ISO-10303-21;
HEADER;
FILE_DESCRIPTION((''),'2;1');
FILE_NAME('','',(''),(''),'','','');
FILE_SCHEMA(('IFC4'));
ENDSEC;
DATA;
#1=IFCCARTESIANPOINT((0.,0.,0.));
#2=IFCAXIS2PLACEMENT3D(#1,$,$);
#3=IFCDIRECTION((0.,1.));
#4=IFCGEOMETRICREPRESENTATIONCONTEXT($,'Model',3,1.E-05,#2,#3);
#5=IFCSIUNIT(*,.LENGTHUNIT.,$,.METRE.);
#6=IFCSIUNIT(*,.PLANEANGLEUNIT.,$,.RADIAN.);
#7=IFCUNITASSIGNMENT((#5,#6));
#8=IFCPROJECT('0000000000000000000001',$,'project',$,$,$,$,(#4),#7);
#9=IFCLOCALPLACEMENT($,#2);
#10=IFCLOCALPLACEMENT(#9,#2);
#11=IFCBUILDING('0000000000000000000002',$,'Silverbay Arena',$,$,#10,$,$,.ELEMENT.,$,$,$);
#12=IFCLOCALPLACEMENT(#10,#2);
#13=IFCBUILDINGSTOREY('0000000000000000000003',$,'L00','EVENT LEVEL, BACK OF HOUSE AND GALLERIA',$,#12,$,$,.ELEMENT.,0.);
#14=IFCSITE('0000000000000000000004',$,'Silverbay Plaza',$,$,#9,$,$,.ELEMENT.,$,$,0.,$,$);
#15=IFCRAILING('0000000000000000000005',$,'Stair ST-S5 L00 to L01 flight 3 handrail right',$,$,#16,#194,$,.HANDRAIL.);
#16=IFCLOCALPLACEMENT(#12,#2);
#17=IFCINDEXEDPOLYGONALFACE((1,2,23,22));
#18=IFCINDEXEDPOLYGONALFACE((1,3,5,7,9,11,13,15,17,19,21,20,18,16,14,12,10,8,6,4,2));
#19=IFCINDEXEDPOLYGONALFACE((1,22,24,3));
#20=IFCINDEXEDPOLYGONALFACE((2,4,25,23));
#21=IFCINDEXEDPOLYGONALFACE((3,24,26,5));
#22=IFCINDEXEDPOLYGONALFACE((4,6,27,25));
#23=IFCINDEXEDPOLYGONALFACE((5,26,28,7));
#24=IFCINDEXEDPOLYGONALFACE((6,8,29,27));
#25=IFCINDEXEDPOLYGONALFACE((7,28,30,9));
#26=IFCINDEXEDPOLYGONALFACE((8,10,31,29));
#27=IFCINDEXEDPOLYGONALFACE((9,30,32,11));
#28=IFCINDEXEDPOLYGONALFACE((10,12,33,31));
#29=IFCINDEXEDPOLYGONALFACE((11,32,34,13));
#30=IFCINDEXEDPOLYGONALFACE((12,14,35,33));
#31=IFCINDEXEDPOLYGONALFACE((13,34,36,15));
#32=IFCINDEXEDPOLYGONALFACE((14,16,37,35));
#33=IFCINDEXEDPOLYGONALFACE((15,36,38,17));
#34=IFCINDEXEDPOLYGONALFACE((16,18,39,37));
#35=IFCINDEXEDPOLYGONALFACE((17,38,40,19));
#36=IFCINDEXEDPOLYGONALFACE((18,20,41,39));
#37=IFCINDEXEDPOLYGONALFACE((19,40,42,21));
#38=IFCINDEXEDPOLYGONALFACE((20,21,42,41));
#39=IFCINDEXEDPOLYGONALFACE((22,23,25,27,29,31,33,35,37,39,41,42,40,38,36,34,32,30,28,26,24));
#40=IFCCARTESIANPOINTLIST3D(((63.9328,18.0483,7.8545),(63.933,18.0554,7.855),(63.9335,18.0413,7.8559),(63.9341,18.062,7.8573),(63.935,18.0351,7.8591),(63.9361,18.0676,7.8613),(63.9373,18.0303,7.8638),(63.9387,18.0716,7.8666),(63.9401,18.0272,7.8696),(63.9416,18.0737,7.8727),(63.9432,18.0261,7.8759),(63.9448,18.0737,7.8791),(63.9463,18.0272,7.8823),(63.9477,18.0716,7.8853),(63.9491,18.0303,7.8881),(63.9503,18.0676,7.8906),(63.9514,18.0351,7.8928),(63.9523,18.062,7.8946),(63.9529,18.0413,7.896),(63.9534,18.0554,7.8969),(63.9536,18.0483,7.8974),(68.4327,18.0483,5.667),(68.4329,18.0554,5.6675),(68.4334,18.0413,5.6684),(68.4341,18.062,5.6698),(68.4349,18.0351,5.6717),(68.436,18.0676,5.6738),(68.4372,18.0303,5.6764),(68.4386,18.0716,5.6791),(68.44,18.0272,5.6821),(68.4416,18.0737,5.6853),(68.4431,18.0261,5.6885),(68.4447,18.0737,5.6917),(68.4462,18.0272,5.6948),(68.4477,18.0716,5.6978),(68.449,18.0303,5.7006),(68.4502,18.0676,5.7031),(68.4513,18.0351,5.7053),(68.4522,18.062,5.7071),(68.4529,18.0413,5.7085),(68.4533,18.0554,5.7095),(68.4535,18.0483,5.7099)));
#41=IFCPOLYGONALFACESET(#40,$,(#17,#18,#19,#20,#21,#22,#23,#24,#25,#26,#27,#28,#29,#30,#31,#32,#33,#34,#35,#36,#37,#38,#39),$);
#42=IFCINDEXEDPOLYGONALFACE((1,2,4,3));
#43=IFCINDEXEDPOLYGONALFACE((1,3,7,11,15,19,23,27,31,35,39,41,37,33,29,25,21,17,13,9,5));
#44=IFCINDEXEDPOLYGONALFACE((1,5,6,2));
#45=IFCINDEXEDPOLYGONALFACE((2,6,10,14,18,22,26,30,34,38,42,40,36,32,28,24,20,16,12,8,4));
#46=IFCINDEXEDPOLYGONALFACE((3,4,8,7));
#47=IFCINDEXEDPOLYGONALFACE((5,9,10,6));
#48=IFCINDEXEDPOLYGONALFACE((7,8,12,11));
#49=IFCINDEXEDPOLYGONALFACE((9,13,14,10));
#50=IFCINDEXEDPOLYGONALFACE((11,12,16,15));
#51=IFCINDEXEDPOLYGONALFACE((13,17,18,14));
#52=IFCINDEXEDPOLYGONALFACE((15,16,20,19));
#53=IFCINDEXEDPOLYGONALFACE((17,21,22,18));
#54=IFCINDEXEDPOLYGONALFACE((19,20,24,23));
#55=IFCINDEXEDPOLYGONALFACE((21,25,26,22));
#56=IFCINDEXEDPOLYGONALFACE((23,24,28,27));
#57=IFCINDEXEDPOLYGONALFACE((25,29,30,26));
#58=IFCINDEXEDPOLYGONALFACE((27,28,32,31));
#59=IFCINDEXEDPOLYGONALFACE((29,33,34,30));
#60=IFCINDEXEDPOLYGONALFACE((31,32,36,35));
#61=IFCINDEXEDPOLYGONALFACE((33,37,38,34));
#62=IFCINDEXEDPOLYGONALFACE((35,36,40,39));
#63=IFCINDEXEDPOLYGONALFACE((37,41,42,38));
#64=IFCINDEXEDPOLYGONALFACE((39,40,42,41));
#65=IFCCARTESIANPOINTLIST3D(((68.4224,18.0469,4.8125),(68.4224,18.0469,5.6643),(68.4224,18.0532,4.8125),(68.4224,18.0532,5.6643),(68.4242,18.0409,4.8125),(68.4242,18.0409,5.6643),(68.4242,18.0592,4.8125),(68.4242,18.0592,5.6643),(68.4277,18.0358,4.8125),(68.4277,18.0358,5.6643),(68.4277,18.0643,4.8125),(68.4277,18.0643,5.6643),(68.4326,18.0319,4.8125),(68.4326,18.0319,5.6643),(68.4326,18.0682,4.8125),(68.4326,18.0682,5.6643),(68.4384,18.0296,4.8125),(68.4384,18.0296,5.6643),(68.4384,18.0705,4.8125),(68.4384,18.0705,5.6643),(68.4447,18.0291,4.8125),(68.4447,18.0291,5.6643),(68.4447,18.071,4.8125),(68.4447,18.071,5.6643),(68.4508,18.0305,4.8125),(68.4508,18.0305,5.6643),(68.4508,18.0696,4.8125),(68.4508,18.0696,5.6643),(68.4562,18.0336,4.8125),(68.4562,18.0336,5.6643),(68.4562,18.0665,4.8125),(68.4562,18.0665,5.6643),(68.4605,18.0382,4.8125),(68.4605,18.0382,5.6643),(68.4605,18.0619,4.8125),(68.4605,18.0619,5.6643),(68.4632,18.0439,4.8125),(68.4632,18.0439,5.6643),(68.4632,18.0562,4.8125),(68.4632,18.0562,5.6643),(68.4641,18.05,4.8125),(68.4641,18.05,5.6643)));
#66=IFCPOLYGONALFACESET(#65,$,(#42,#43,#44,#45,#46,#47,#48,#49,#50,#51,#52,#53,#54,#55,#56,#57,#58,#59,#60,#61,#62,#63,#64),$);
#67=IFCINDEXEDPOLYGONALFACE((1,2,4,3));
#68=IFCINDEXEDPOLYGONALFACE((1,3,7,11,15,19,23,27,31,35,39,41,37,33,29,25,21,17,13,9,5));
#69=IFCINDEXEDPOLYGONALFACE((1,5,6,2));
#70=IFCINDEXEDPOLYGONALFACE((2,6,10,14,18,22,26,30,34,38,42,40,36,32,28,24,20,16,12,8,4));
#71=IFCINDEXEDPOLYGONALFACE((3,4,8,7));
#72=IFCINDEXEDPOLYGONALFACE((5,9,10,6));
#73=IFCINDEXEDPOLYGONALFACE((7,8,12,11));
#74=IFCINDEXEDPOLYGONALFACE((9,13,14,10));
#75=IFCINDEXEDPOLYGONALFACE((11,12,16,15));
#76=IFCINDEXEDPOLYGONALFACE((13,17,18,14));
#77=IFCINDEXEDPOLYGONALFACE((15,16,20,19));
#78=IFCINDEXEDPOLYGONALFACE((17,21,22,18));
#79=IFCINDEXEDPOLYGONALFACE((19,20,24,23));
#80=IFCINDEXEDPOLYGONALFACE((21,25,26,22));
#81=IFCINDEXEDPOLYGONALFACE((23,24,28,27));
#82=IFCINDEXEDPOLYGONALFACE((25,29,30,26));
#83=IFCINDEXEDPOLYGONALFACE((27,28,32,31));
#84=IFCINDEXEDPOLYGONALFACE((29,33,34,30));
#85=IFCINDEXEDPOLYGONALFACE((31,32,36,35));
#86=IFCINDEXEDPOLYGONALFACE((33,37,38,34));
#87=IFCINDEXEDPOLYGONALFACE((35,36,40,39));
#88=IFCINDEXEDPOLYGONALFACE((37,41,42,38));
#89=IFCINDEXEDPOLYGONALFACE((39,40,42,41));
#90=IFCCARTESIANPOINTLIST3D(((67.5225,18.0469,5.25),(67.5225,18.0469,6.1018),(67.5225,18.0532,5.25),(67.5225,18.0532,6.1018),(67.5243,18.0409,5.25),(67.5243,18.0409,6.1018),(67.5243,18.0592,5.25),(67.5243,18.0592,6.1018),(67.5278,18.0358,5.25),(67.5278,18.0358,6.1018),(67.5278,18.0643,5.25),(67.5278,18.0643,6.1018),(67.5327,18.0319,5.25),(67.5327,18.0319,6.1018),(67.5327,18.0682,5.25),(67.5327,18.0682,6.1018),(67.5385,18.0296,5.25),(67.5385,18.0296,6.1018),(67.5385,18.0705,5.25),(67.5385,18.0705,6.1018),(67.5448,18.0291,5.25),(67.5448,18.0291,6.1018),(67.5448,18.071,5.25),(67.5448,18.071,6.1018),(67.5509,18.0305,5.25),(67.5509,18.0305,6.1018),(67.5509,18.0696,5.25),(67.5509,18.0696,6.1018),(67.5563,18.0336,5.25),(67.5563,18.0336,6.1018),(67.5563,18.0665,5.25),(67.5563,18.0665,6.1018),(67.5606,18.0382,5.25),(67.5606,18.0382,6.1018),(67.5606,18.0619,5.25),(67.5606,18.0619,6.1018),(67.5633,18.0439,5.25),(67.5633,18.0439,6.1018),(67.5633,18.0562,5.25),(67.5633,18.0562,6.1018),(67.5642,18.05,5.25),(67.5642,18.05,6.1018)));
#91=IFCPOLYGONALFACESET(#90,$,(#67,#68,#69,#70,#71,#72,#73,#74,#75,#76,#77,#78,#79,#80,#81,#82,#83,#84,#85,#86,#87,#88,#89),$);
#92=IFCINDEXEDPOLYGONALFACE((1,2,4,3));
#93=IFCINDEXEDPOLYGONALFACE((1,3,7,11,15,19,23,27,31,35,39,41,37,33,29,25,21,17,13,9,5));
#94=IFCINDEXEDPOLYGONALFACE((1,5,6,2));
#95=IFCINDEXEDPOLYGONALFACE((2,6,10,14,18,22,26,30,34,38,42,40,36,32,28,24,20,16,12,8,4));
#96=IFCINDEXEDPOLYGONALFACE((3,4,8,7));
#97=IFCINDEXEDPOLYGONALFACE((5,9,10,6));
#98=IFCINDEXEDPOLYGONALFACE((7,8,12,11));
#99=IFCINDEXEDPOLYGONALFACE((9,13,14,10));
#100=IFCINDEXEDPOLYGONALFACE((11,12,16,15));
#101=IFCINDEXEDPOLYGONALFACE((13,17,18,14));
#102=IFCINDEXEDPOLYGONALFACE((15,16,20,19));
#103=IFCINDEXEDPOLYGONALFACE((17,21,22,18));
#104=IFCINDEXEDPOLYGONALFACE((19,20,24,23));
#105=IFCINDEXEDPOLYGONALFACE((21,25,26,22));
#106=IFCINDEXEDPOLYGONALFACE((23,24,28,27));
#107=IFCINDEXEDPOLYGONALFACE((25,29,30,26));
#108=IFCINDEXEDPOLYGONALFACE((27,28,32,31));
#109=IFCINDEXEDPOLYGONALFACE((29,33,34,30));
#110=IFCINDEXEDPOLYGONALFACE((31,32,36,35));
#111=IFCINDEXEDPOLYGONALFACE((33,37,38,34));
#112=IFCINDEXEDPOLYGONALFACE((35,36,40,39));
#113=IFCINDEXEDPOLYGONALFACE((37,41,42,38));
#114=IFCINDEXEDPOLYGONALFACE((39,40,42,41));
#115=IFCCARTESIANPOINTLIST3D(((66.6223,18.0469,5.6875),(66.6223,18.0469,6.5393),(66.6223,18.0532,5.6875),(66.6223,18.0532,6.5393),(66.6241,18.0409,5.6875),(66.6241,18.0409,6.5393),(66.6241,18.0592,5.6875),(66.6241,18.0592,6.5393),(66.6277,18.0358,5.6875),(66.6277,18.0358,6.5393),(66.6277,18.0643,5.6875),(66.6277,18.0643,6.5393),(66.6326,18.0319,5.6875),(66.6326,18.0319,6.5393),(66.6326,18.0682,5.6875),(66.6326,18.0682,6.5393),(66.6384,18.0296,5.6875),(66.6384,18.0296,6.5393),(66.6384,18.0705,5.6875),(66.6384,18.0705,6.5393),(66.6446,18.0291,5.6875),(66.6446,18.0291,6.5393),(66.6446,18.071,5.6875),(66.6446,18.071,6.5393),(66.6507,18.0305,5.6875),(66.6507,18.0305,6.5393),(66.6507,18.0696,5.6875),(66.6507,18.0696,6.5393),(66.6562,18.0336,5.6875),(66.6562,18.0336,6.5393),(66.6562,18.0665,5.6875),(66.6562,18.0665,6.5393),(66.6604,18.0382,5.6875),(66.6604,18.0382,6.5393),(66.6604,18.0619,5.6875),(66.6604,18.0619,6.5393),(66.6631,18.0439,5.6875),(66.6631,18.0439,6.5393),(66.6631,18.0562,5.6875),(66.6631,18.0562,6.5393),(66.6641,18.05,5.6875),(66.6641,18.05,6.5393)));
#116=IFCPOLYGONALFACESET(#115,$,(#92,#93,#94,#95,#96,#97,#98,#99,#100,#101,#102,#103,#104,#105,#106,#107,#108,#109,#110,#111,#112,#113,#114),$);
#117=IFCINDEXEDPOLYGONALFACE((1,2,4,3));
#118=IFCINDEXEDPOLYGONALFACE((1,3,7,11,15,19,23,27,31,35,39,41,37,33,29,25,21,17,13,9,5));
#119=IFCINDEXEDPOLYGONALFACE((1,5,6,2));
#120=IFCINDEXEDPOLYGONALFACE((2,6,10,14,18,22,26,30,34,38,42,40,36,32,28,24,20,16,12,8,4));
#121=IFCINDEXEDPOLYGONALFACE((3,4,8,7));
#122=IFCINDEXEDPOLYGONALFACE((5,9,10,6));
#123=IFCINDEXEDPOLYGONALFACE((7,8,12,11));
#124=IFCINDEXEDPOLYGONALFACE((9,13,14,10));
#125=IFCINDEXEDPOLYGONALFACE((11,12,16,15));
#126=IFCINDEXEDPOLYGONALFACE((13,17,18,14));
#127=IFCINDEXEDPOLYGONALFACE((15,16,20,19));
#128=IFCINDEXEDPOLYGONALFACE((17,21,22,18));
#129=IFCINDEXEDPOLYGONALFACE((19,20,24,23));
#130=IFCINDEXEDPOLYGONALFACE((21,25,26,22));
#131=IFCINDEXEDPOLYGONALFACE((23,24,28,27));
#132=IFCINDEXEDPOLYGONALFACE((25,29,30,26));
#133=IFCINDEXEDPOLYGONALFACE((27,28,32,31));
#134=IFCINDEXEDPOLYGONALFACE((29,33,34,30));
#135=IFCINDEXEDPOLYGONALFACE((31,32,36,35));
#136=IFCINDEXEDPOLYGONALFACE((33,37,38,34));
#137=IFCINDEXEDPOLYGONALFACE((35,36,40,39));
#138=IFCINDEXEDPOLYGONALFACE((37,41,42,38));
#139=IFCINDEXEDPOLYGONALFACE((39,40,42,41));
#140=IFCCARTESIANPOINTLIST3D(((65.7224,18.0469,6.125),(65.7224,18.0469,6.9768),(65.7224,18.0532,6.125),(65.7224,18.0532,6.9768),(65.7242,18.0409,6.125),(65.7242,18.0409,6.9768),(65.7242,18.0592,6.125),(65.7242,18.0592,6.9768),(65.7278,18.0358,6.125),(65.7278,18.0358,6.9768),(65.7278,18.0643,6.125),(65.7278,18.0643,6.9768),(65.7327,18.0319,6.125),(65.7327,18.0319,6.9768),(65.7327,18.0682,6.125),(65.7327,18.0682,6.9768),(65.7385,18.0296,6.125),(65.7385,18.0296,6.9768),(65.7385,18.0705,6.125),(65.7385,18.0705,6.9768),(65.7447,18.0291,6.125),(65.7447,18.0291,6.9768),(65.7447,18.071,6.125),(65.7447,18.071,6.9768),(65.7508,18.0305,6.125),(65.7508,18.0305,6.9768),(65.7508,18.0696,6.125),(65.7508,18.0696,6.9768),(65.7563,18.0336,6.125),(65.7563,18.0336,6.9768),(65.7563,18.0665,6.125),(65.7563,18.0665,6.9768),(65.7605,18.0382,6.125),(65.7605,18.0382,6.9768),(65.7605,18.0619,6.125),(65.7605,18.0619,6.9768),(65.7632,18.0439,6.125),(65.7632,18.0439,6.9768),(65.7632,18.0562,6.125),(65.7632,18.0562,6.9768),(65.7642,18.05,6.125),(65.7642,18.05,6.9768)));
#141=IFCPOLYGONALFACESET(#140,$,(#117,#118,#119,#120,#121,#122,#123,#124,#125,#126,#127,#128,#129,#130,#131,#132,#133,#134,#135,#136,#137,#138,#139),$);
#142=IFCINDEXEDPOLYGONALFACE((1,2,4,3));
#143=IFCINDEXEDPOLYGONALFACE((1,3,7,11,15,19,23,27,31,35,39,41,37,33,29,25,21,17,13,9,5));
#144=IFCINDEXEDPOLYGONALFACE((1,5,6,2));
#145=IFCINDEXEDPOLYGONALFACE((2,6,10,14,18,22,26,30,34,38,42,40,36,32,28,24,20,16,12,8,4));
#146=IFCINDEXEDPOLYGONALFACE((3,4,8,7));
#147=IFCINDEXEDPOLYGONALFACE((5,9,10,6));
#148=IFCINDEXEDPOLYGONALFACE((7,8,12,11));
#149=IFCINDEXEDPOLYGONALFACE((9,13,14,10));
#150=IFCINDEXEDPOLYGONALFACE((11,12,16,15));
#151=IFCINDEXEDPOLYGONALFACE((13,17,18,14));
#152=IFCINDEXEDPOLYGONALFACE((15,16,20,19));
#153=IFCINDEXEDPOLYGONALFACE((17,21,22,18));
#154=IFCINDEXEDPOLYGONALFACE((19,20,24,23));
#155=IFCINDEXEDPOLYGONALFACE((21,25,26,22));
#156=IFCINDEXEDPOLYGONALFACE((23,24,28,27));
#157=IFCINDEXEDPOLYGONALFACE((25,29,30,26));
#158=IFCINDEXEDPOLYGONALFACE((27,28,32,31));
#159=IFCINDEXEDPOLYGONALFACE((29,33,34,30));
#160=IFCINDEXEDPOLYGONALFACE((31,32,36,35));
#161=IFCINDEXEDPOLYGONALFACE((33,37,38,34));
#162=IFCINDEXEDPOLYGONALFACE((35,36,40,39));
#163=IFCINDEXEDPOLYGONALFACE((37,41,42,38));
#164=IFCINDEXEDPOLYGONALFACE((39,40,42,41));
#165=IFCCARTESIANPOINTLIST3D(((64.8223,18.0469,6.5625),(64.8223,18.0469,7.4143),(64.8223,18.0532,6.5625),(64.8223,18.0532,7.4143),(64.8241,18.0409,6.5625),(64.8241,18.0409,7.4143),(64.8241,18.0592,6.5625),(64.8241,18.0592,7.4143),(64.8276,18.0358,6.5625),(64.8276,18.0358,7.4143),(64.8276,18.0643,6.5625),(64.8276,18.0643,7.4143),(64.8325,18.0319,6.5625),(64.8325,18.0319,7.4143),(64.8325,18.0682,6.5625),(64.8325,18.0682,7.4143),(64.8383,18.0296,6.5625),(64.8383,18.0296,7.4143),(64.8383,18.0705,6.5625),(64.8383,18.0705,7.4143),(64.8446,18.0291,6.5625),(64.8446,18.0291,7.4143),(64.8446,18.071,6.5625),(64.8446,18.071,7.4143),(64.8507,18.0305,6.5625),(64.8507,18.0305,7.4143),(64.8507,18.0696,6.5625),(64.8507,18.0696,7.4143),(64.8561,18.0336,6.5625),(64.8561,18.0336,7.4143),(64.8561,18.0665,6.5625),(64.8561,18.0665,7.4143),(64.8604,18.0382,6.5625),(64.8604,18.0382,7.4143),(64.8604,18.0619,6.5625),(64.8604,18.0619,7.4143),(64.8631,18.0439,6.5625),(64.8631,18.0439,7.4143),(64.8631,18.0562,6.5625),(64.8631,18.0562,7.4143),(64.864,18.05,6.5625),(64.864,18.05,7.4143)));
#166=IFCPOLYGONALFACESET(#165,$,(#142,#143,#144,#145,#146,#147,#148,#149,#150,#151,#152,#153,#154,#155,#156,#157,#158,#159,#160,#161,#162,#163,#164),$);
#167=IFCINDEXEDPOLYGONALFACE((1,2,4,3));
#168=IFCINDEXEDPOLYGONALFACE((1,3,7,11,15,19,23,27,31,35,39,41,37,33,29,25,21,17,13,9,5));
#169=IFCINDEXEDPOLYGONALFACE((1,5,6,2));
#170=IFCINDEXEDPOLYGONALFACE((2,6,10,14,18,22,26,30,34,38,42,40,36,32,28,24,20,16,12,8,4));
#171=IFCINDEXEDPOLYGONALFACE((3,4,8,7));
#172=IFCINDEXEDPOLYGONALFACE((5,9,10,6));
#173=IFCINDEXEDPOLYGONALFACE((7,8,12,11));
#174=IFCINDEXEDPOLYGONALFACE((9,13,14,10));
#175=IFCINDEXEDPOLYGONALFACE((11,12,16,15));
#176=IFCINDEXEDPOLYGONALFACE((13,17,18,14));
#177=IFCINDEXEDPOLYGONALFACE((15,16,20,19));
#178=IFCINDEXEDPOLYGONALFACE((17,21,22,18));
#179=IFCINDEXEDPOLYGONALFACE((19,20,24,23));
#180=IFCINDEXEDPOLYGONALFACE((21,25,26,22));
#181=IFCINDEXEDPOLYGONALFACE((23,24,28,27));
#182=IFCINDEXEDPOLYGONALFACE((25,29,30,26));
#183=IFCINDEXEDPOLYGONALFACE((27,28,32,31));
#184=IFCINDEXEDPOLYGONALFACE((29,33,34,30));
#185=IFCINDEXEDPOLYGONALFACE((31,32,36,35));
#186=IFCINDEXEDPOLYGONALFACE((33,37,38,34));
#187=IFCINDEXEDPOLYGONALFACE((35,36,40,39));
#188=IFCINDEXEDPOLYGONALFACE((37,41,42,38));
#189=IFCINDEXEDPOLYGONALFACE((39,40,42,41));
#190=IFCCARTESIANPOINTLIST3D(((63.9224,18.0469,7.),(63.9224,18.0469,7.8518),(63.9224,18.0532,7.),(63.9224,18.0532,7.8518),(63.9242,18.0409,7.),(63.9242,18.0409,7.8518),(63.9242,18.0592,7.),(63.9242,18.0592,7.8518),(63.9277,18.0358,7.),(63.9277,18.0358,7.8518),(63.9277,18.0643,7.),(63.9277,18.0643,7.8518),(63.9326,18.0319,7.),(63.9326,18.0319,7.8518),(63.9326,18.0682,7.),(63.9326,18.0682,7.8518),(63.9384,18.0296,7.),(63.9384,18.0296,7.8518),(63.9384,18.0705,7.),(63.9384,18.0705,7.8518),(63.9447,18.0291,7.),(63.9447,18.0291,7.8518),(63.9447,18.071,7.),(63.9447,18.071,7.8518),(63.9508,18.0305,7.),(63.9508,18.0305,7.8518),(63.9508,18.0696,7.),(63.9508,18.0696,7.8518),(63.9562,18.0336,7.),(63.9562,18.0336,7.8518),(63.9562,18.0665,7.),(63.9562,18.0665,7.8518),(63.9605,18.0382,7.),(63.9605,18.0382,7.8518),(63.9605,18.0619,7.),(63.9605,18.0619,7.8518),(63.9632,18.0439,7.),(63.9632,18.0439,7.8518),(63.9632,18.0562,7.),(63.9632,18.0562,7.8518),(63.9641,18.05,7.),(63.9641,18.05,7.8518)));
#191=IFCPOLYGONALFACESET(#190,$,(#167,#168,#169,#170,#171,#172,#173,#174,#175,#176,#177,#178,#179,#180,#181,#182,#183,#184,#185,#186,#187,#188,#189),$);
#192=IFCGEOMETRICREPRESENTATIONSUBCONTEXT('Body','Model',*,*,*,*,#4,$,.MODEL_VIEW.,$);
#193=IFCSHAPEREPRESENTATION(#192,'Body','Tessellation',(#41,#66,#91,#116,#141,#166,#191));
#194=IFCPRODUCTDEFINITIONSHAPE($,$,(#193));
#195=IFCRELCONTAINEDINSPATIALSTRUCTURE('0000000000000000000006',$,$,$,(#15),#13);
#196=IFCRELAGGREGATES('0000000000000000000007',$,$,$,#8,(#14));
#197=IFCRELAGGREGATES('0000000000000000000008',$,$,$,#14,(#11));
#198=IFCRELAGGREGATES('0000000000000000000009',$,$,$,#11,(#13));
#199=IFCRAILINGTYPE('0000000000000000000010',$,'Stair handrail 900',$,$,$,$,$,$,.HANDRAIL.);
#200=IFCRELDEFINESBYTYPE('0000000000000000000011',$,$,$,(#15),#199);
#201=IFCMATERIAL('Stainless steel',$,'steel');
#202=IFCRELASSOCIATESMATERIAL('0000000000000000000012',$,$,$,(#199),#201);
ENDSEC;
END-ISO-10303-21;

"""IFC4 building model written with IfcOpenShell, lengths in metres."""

from ifc_helpers import new_model, si_unit, direction, frame, origin, origin_2d, place, context, subcontext, project, spatial, circle, extrude, material, type_object, element, save


model = new_model("IFC4")

# Units and contexts
model_context = context("Model", 3, precision=1e-05, world=origin(), true_north=direction((0.0, 1.0)))
body_context = subcontext(model_context, "Body", "Model", "MODEL_VIEW")
ifc_project = project(units=[si_unit("LENGTHUNIT", "METRE"), si_unit("PLANEANGLEUNIT", "RADIAN")], contexts=[model_context])

# Site, building, storey
site_placement = place(None, origin())
site = spatial("IfcSite", under=ifc_project, at=site_placement, Name="Silverbay Plaza", CompositionType="ELEMENT", RefElevation=0.0)
building_placement = place(site_placement, origin())
building = spatial("IfcBuilding", under=site, at=building_placement, Name="Silverbay Arena", CompositionType="ELEMENT")
storey_placement = place(building_placement, origin())
storey = spatial("IfcBuildingStorey", under=building, at=storey_placement, Name="L00", Description="EVENT LEVEL, BACK OF HOUSE AND GALLERIA", CompositionType="ELEMENT", Elevation=0.0)

# Railing
ifc_material_1 = material(Name="Stainless steel", Category="steel")
railing_type = type_object("IfcRailingType", Name="Stair handrail 900", PredefinedType="HANDRAIL", material=ifc_material_1)
railing_1_placement = place(storey_placement, frame((68.4431, 18.05, 4.8125)))
element("IfcRailing", 1, at=railing_1_placement, inside=storey, type_object=railing_type, Name="Stair ST-S5 L00 to L01 flight 3 handrail right", PredefinedType="HANDRAIL", context=body_context, shape_type="SweptSolid", body=[
    extrude(circle(Radius=0.0239, at=origin_2d()), frame((0.0, 0.0, 0.876), z_axis=(-0.899368, 0.0, 0.437193), x_axis=(0.0, -1.0, 0.0)), (0.0, 0.0, 1.0), 5.0034),
    extrude(circle(Radius=0.021, at=origin_2d()), origin(), (0.0, 0.0, 1.0), 0.8518),
    extrude(circle(Radius=0.021, at=origin_2d()), frame((-0.8999, 0.0, 0.4375)), (0.0, 0.0, 1.0), 0.8518),
    extrude(circle(Radius=0.021, at=origin_2d()), frame((-1.8, 0.0, 0.875)), (0.0, 0.0, 1.0), 0.8518),
    extrude(circle(Radius=0.021, at=origin_2d()), frame((-2.7, 0.0, 1.3125)), (0.0, 0.0, 1.0), 0.8518),
    extrude(circle(Radius=0.021, at=origin_2d()), frame((-3.6001, 0.0, 1.75)), (0.0, 0.0, 1.0), 0.8518),
    extrude(circle(Radius=0.021, at=origin_2d()), frame((-4.5, 0.0, 2.1875)), (0.0, 0.0, 1.0), 0.8518),
])

save(model, "model.ifc")
